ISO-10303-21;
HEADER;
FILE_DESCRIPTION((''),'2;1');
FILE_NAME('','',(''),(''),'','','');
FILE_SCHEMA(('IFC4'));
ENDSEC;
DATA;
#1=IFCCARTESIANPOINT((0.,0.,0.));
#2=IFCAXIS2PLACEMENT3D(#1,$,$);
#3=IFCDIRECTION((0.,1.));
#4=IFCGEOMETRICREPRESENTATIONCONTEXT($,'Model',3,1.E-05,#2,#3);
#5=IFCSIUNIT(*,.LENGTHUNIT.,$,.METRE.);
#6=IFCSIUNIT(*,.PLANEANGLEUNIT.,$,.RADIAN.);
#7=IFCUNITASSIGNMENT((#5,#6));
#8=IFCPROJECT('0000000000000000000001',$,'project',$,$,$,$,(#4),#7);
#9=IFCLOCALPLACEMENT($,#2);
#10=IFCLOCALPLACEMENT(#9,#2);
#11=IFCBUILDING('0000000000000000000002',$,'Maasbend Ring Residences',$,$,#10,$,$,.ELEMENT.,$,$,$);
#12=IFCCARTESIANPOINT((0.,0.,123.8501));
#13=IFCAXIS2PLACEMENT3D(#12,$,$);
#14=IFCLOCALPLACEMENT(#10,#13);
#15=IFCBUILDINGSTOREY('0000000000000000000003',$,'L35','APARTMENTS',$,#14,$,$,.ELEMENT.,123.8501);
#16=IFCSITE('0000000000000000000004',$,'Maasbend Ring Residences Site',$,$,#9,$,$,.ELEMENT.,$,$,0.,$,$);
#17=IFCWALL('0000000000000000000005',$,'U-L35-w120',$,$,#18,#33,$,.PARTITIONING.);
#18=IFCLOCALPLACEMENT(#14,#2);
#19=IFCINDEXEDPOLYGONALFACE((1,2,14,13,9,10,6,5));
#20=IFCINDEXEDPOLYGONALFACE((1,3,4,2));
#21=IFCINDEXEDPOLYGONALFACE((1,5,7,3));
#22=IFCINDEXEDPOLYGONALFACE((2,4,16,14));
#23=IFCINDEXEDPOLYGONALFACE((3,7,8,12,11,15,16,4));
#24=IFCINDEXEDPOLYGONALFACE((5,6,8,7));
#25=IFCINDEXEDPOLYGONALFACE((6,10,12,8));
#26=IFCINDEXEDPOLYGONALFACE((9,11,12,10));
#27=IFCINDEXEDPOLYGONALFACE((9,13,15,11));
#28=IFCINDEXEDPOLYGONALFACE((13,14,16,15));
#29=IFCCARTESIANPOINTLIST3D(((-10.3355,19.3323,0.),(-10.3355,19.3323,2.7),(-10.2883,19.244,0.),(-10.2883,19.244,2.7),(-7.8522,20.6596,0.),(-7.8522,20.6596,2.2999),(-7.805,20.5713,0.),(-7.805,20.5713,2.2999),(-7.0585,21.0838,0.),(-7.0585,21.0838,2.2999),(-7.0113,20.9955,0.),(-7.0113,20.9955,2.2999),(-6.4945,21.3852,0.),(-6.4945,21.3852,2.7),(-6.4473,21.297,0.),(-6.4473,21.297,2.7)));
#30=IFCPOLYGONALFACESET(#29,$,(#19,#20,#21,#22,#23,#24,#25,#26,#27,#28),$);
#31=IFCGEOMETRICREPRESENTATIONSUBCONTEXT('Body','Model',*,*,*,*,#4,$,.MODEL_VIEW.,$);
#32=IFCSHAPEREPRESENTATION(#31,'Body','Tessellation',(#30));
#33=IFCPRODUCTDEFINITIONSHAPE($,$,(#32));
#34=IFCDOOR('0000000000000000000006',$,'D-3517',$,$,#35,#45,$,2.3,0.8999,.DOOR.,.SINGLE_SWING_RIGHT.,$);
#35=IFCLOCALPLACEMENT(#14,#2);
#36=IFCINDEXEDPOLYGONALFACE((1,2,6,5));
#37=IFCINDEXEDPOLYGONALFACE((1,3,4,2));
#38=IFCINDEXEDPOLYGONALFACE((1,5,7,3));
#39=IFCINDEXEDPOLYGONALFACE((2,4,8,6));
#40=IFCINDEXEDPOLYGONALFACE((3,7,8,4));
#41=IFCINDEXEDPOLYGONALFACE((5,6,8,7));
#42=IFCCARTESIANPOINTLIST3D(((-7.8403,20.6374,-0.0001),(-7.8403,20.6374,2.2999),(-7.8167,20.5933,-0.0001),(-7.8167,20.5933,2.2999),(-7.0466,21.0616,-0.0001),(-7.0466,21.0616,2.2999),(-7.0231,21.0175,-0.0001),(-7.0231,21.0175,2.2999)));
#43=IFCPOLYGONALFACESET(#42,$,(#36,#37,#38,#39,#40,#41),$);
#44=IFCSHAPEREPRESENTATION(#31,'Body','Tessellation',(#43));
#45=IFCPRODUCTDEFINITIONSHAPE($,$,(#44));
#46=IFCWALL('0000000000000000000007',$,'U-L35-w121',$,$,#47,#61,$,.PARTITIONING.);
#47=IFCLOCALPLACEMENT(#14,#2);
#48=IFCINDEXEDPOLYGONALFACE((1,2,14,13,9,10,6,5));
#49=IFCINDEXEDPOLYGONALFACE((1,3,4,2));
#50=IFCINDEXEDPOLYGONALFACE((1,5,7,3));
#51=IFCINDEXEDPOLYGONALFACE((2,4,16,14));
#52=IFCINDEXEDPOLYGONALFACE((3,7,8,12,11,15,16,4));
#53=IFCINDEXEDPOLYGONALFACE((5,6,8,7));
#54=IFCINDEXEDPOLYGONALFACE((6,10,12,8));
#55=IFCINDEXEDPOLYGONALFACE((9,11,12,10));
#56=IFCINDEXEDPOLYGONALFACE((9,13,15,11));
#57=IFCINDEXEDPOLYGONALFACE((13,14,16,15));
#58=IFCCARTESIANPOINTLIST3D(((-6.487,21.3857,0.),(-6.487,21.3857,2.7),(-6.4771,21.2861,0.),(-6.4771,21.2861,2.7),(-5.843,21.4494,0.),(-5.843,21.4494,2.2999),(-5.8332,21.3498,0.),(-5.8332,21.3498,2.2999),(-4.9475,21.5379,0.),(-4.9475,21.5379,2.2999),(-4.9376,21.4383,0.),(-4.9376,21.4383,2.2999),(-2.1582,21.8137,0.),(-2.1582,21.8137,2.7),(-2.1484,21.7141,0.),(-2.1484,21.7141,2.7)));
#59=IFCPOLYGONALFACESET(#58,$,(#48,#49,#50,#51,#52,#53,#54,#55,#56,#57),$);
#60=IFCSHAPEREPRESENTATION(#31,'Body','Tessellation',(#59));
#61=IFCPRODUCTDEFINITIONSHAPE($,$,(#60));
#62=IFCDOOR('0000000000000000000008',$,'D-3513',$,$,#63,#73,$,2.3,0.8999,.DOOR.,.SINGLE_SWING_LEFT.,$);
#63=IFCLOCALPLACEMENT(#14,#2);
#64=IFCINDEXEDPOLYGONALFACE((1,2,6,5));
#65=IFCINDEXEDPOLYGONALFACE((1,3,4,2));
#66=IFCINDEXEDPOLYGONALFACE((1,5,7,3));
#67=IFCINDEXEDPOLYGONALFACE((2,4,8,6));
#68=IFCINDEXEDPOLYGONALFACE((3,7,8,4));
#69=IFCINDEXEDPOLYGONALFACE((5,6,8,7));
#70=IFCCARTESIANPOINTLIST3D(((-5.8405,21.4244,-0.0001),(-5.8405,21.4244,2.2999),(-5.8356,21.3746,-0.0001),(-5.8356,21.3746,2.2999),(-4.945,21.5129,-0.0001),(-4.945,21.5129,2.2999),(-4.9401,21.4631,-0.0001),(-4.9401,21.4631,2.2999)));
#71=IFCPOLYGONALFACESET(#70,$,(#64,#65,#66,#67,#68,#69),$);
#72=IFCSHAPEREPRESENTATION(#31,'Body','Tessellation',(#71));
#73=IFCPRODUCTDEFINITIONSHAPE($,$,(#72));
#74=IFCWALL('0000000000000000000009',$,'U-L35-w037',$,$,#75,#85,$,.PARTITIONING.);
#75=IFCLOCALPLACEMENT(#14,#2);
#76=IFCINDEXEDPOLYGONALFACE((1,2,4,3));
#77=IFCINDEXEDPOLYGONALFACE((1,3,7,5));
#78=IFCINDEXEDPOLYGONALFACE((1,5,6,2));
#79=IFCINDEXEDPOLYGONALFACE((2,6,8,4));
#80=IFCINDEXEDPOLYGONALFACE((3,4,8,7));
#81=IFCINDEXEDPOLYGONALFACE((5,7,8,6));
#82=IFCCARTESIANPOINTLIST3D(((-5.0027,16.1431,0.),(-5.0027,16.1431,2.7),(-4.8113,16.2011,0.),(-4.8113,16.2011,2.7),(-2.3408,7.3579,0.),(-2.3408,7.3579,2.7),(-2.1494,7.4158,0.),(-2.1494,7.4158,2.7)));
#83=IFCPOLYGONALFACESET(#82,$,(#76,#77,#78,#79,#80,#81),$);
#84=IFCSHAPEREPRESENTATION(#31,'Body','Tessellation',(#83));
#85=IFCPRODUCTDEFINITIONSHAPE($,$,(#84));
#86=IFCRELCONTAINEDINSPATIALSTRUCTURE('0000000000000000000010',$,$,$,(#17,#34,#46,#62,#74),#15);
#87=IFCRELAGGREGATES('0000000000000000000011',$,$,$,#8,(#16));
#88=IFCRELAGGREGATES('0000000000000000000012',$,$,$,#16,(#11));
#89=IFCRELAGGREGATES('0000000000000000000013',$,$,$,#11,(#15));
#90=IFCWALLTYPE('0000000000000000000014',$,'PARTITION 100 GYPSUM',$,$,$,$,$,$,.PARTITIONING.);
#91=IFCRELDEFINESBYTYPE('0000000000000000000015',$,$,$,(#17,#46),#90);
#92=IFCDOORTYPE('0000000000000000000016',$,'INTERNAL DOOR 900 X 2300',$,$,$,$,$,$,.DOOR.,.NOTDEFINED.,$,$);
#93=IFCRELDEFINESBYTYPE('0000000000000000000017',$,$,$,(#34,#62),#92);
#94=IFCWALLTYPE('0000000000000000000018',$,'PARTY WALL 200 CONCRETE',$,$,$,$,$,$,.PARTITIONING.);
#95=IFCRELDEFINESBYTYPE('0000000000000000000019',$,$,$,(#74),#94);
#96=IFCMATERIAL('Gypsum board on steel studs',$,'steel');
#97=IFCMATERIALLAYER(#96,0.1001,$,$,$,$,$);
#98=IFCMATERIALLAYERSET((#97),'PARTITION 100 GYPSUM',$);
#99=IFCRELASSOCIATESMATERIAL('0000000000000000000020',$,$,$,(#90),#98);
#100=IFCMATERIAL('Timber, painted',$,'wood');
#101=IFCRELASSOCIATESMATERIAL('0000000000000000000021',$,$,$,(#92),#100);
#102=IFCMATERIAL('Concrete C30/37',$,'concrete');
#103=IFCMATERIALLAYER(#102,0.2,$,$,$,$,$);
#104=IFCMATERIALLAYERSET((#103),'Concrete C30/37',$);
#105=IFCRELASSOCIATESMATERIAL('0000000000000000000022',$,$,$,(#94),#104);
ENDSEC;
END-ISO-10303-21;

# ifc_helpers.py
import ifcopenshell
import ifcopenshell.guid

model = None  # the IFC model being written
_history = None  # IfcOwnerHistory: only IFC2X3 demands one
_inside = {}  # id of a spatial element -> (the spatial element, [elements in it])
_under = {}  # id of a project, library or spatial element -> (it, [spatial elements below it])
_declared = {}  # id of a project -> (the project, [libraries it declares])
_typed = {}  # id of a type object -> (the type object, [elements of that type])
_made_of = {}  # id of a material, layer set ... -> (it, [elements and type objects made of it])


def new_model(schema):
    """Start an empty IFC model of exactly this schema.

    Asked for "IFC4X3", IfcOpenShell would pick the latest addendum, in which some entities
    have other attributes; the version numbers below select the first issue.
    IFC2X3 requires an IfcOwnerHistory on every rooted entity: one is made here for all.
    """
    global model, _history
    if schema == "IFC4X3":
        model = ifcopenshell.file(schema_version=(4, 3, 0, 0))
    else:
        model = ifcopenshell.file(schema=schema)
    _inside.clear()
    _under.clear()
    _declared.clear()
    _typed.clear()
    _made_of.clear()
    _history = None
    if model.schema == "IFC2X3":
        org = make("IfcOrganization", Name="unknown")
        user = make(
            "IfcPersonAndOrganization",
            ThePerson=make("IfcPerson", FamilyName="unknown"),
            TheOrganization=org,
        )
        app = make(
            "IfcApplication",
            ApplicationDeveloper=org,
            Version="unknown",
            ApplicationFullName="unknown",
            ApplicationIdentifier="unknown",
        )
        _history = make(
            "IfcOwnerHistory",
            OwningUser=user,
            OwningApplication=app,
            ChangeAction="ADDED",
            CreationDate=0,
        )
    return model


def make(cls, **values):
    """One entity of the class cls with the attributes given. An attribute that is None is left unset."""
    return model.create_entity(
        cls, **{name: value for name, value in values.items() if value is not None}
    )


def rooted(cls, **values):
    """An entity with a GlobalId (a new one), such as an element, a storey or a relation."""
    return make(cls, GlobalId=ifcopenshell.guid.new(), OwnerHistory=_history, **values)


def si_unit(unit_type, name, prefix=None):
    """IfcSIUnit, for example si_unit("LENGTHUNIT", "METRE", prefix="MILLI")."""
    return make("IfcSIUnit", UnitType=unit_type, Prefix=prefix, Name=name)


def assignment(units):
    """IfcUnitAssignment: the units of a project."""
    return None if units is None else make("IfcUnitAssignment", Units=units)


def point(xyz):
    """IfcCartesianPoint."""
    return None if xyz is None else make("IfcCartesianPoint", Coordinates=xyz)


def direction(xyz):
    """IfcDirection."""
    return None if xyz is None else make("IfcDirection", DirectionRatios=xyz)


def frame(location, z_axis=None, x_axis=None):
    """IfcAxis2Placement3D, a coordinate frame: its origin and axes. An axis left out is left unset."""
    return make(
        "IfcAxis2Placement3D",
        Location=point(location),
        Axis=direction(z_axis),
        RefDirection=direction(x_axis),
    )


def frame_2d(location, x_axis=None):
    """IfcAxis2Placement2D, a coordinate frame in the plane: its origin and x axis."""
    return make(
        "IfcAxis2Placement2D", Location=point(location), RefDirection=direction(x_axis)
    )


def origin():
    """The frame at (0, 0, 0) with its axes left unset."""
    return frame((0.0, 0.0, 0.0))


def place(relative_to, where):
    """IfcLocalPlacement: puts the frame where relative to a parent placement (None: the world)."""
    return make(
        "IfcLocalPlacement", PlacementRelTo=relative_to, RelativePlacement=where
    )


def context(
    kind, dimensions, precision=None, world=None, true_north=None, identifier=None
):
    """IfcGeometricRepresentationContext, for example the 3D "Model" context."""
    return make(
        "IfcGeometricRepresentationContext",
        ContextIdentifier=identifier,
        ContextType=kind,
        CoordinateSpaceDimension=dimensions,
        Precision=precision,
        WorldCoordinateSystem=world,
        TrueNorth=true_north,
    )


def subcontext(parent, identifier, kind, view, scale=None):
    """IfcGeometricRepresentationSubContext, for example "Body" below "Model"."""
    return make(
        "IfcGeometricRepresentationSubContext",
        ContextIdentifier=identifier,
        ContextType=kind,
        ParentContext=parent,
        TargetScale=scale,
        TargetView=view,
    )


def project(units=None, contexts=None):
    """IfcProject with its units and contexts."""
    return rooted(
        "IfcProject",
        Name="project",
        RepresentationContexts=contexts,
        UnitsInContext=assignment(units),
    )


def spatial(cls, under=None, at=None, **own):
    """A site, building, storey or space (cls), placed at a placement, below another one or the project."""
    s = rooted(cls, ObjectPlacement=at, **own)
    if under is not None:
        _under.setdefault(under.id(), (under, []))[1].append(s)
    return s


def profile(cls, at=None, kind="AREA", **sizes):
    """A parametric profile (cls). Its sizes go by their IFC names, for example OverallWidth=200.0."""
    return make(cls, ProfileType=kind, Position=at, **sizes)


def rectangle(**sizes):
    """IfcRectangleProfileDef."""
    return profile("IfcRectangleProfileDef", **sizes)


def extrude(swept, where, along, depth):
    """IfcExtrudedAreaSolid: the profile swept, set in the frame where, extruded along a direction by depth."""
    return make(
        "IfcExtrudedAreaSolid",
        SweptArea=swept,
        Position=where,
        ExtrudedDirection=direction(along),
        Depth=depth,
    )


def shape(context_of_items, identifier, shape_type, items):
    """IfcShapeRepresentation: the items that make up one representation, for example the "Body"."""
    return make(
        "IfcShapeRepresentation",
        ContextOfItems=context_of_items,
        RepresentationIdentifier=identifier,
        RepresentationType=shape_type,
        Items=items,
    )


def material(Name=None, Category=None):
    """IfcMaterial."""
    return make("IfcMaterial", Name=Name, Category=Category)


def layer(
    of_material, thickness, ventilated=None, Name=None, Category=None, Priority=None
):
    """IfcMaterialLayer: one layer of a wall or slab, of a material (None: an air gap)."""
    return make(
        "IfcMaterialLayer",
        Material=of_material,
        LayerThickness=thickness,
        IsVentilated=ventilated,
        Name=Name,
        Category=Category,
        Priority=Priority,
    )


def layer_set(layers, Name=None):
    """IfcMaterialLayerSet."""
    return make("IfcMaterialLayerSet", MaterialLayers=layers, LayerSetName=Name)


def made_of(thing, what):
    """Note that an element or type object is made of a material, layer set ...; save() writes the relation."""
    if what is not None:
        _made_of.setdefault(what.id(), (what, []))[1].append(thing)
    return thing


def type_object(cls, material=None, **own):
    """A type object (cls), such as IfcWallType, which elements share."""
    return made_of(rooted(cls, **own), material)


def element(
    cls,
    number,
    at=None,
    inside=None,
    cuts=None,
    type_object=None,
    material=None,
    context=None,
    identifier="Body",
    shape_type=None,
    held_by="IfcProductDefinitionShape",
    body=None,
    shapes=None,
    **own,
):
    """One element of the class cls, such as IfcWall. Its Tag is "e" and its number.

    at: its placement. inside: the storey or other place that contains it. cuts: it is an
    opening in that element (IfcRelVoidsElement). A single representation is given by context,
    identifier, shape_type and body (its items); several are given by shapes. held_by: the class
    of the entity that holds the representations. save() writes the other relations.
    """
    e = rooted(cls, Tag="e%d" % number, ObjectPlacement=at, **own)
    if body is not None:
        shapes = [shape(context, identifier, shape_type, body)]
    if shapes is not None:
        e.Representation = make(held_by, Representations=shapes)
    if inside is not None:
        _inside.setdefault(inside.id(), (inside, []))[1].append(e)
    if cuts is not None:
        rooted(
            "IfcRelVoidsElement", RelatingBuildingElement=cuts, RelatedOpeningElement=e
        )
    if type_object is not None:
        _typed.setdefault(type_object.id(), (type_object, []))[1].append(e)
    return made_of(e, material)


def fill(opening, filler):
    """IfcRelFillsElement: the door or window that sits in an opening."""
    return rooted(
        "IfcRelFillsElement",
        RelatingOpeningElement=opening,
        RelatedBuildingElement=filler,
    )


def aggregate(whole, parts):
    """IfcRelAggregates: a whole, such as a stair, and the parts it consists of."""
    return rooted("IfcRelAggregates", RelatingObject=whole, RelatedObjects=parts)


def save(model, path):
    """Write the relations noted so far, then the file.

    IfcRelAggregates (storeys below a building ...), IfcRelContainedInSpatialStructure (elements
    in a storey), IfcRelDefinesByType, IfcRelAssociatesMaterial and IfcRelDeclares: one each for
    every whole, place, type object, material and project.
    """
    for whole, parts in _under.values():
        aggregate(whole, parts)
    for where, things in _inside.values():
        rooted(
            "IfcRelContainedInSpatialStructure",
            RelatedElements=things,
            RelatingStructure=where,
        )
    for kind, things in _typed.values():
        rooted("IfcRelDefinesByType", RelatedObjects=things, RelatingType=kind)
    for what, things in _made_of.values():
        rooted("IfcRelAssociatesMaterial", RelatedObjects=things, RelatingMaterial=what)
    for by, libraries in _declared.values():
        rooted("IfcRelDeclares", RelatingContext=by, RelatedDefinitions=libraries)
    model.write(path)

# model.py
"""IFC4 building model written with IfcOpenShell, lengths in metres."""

from ifc_helpers import new_model, si_unit, direction, frame, frame_2d, origin, place, context, subcontext, project, spatial, rectangle, extrude, material, layer, layer_set, type_object, element, fill, save


model = new_model("IFC4")

# Units and contexts
model_context = context("Model", 3, precision=1e-05, world=origin(), true_north=direction((0.0, 1.0)))
body_context = subcontext(model_context, "Body", "Model", "MODEL_VIEW")
ifc_project = project(units=[si_unit("LENGTHUNIT", "METRE"), si_unit("PLANEANGLEUNIT", "RADIAN")], contexts=[model_context])

# Site, building, storey
site_placement = place(None, origin())
site = spatial("IfcSite", under=ifc_project, at=site_placement, Name="Maasbend Ring Residences Site", CompositionType="ELEMENT", RefElevation=0.0)
building_placement = place(site_placement, origin())
building = spatial("IfcBuilding", under=site, at=building_placement, Name="Maasbend Ring Residences", CompositionType="ELEMENT")
storey_placement = place(building_placement, frame((0.0, 0.0, 123.8501)))
storey = spatial("IfcBuildingStorey", under=building, at=storey_placement, Name="L35", Description="APARTMENTS", CompositionType="ELEMENT", Elevation=123.8501)

# Shared definitions
ifc_material_1 = material(Name="Gypsum board on steel studs", Category="steel")
ifc_layer_1 = layer(ifc_material_1, 0.1001)
ifc_layer_set_1 = layer_set([ifc_layer_1], Name="PARTITION 100 GYPSUM")
wall_type_1 = type_object("IfcWallType", Name="PARTITION 100 GYPSUM", PredefinedType="PARTITIONING", material=ifc_layer_set_1)
ifc_material_2 = material(Name="Timber, painted", Category="wood")
door_type_1 = type_object("IfcDoorType", Name="INTERNAL DOOR 900 X 2300", OperationType="NOTDEFINED", PredefinedType="DOOR", material=ifc_material_2)

# Walls, openings, doors
wall_1_placement = place(storey_placement, frame((-10.312, 19.2881, 0.0), z_axis=(0.0, 0.0, 1.0), x_axis=(0.881932, 0.471377, 0.0)))
wall_1 = element("IfcWall", 1, at=wall_1_placement, inside=storey, type_object=wall_type_1, Name="U-L35-w120", PredefinedType="PARTITIONING", context=body_context, shape_type="SweptSolid", body=[
    extrude(rectangle(XDim=4.3552, YDim=0.1001, at=frame_2d((2.1777, 0.0))), origin(), (0.0, 0.0, 1.0), 2.7),
])
opening_1_placement = place(wall_1_placement, frame((2.8159, 0.0, 0.0)))
opening_1 = element("IfcOpeningElement", 2, at=opening_1_placement, cuts=wall_1, PredefinedType="OPENING", context=body_context, shape_type="SweptSolid", body=[
    extrude(rectangle(XDim=0.8999, YDim=2.3, at=frame_2d((0.45, 1.1499))), frame((0.0, 0.0601, 0.0), z_axis=(0.0, -1.0, 0.0), x_axis=(1.0, 0.0, 0.0)), (0.0, 0.0, 1.0), 0.1201),
])
door_1_placement = place(opening_1_placement, origin())
door_1 = element("IfcDoor", 3, at=door_1_placement, inside=storey, type_object=door_type_1, Name="D-3517", OperationType="SINGLE_SWING_RIGHT", OverallHeight=2.3, OverallWidth=0.8999, PredefinedType="DOOR", context=body_context, shape_type="SweptSolid", body=[
    extrude(rectangle(XDim=0.8999, YDim=2.3, at=frame_2d((0.45, 1.1499))), frame((0.0, 0.0249, 0.0), z_axis=(0.0, -1.0, 0.0), x_axis=(1.0, 0.0, 0.0)), (0.0, 0.0, 1.0), 0.05),
])
fill(opening_1, door_1)
wall_2_placement = place(storey_placement, frame((-6.4819, 21.3359, 0.0), z_axis=(0.0, 0.0, 1.0), x_axis=(0.995148, 0.098387, 0.0)))
wall_2 = element("IfcWall", 4, at=wall_2_placement, inside=storey, type_object=wall_type_1, Name="U-L35-w121", PredefinedType="PARTITIONING", context=body_context, shape_type="SweptSolid", body=[
    extrude(rectangle(XDim=4.3499, YDim=0.1001, at=frame_2d((2.1748, 0.0))), origin(), (0.0, 0.0, 1.0), 2.7),
])
opening_2_placement = place(wall_2_placement, frame((0.647, 0.0, 0.0)))
opening_2 = element("IfcOpeningElement", 5, at=opening_2_placement, cuts=wall_2, PredefinedType="OPENING", context=body_context, shape_type="SweptSolid", body=[
    extrude(rectangle(XDim=0.8999, YDim=2.3, at=frame_2d((0.45, 1.1499))), frame((0.0, 0.0601, 0.0), z_axis=(0.0, -1.0, 0.0), x_axis=(1.0, 0.0, 0.0)), (0.0, 0.0, 1.0), 0.1201),
])
door_2_placement = place(opening_2_placement, origin())
door_2 = element("IfcDoor", 6, at=door_2_placement, inside=storey, type_object=door_type_1, Name="D-3513", OperationType="SINGLE_SWING_LEFT", OverallHeight=2.3, OverallWidth=0.8999, PredefinedType="DOOR", context=body_context, shape_type="SweptSolid", body=[
    extrude(rectangle(XDim=0.8999, YDim=2.3, at=frame_2d((0.45, 1.1499))), frame((0.0, 0.0249, 0.0), z_axis=(0.0, -1.0, 0.0), x_axis=(1.0, 0.0, 0.0)), (0.0, 0.0, 1.0), 0.05),
])
fill(opening_2, door_2)

# Wall
ifc_material_3 = material(Name="Concrete C30/37", Category="concrete")
ifc_layer_2 = layer(ifc_material_3, 0.2)
ifc_layer_set_2 = layer_set([ifc_layer_2], Name="Concrete C30/37")
wall_type_2 = type_object("IfcWallType", Name="PARTY WALL 200 CONCRETE", PredefinedType="PARTITIONING", material=ifc_layer_set_2)
wall_3_placement = place(storey_placement, frame((-4.907, 16.1721, 0.0), z_axis=(0.0, 0.0, 1.0), x_axis=(0.289977, -0.957034, 0.0)))
element("IfcWall", 7, at=wall_3_placement, inside=storey, type_object=wall_type_2, Name="U-L35-w037", PredefinedType="PARTITIONING", context=body_context, shape_type="SweptSolid", body=[
    extrude(rectangle(XDim=9.1797, YDim=0.2, at=frame_2d((4.5898, 0.0))), origin(), (0.0, 0.0, 1.0), 2.7),
])

save(model, "model.ifc")
